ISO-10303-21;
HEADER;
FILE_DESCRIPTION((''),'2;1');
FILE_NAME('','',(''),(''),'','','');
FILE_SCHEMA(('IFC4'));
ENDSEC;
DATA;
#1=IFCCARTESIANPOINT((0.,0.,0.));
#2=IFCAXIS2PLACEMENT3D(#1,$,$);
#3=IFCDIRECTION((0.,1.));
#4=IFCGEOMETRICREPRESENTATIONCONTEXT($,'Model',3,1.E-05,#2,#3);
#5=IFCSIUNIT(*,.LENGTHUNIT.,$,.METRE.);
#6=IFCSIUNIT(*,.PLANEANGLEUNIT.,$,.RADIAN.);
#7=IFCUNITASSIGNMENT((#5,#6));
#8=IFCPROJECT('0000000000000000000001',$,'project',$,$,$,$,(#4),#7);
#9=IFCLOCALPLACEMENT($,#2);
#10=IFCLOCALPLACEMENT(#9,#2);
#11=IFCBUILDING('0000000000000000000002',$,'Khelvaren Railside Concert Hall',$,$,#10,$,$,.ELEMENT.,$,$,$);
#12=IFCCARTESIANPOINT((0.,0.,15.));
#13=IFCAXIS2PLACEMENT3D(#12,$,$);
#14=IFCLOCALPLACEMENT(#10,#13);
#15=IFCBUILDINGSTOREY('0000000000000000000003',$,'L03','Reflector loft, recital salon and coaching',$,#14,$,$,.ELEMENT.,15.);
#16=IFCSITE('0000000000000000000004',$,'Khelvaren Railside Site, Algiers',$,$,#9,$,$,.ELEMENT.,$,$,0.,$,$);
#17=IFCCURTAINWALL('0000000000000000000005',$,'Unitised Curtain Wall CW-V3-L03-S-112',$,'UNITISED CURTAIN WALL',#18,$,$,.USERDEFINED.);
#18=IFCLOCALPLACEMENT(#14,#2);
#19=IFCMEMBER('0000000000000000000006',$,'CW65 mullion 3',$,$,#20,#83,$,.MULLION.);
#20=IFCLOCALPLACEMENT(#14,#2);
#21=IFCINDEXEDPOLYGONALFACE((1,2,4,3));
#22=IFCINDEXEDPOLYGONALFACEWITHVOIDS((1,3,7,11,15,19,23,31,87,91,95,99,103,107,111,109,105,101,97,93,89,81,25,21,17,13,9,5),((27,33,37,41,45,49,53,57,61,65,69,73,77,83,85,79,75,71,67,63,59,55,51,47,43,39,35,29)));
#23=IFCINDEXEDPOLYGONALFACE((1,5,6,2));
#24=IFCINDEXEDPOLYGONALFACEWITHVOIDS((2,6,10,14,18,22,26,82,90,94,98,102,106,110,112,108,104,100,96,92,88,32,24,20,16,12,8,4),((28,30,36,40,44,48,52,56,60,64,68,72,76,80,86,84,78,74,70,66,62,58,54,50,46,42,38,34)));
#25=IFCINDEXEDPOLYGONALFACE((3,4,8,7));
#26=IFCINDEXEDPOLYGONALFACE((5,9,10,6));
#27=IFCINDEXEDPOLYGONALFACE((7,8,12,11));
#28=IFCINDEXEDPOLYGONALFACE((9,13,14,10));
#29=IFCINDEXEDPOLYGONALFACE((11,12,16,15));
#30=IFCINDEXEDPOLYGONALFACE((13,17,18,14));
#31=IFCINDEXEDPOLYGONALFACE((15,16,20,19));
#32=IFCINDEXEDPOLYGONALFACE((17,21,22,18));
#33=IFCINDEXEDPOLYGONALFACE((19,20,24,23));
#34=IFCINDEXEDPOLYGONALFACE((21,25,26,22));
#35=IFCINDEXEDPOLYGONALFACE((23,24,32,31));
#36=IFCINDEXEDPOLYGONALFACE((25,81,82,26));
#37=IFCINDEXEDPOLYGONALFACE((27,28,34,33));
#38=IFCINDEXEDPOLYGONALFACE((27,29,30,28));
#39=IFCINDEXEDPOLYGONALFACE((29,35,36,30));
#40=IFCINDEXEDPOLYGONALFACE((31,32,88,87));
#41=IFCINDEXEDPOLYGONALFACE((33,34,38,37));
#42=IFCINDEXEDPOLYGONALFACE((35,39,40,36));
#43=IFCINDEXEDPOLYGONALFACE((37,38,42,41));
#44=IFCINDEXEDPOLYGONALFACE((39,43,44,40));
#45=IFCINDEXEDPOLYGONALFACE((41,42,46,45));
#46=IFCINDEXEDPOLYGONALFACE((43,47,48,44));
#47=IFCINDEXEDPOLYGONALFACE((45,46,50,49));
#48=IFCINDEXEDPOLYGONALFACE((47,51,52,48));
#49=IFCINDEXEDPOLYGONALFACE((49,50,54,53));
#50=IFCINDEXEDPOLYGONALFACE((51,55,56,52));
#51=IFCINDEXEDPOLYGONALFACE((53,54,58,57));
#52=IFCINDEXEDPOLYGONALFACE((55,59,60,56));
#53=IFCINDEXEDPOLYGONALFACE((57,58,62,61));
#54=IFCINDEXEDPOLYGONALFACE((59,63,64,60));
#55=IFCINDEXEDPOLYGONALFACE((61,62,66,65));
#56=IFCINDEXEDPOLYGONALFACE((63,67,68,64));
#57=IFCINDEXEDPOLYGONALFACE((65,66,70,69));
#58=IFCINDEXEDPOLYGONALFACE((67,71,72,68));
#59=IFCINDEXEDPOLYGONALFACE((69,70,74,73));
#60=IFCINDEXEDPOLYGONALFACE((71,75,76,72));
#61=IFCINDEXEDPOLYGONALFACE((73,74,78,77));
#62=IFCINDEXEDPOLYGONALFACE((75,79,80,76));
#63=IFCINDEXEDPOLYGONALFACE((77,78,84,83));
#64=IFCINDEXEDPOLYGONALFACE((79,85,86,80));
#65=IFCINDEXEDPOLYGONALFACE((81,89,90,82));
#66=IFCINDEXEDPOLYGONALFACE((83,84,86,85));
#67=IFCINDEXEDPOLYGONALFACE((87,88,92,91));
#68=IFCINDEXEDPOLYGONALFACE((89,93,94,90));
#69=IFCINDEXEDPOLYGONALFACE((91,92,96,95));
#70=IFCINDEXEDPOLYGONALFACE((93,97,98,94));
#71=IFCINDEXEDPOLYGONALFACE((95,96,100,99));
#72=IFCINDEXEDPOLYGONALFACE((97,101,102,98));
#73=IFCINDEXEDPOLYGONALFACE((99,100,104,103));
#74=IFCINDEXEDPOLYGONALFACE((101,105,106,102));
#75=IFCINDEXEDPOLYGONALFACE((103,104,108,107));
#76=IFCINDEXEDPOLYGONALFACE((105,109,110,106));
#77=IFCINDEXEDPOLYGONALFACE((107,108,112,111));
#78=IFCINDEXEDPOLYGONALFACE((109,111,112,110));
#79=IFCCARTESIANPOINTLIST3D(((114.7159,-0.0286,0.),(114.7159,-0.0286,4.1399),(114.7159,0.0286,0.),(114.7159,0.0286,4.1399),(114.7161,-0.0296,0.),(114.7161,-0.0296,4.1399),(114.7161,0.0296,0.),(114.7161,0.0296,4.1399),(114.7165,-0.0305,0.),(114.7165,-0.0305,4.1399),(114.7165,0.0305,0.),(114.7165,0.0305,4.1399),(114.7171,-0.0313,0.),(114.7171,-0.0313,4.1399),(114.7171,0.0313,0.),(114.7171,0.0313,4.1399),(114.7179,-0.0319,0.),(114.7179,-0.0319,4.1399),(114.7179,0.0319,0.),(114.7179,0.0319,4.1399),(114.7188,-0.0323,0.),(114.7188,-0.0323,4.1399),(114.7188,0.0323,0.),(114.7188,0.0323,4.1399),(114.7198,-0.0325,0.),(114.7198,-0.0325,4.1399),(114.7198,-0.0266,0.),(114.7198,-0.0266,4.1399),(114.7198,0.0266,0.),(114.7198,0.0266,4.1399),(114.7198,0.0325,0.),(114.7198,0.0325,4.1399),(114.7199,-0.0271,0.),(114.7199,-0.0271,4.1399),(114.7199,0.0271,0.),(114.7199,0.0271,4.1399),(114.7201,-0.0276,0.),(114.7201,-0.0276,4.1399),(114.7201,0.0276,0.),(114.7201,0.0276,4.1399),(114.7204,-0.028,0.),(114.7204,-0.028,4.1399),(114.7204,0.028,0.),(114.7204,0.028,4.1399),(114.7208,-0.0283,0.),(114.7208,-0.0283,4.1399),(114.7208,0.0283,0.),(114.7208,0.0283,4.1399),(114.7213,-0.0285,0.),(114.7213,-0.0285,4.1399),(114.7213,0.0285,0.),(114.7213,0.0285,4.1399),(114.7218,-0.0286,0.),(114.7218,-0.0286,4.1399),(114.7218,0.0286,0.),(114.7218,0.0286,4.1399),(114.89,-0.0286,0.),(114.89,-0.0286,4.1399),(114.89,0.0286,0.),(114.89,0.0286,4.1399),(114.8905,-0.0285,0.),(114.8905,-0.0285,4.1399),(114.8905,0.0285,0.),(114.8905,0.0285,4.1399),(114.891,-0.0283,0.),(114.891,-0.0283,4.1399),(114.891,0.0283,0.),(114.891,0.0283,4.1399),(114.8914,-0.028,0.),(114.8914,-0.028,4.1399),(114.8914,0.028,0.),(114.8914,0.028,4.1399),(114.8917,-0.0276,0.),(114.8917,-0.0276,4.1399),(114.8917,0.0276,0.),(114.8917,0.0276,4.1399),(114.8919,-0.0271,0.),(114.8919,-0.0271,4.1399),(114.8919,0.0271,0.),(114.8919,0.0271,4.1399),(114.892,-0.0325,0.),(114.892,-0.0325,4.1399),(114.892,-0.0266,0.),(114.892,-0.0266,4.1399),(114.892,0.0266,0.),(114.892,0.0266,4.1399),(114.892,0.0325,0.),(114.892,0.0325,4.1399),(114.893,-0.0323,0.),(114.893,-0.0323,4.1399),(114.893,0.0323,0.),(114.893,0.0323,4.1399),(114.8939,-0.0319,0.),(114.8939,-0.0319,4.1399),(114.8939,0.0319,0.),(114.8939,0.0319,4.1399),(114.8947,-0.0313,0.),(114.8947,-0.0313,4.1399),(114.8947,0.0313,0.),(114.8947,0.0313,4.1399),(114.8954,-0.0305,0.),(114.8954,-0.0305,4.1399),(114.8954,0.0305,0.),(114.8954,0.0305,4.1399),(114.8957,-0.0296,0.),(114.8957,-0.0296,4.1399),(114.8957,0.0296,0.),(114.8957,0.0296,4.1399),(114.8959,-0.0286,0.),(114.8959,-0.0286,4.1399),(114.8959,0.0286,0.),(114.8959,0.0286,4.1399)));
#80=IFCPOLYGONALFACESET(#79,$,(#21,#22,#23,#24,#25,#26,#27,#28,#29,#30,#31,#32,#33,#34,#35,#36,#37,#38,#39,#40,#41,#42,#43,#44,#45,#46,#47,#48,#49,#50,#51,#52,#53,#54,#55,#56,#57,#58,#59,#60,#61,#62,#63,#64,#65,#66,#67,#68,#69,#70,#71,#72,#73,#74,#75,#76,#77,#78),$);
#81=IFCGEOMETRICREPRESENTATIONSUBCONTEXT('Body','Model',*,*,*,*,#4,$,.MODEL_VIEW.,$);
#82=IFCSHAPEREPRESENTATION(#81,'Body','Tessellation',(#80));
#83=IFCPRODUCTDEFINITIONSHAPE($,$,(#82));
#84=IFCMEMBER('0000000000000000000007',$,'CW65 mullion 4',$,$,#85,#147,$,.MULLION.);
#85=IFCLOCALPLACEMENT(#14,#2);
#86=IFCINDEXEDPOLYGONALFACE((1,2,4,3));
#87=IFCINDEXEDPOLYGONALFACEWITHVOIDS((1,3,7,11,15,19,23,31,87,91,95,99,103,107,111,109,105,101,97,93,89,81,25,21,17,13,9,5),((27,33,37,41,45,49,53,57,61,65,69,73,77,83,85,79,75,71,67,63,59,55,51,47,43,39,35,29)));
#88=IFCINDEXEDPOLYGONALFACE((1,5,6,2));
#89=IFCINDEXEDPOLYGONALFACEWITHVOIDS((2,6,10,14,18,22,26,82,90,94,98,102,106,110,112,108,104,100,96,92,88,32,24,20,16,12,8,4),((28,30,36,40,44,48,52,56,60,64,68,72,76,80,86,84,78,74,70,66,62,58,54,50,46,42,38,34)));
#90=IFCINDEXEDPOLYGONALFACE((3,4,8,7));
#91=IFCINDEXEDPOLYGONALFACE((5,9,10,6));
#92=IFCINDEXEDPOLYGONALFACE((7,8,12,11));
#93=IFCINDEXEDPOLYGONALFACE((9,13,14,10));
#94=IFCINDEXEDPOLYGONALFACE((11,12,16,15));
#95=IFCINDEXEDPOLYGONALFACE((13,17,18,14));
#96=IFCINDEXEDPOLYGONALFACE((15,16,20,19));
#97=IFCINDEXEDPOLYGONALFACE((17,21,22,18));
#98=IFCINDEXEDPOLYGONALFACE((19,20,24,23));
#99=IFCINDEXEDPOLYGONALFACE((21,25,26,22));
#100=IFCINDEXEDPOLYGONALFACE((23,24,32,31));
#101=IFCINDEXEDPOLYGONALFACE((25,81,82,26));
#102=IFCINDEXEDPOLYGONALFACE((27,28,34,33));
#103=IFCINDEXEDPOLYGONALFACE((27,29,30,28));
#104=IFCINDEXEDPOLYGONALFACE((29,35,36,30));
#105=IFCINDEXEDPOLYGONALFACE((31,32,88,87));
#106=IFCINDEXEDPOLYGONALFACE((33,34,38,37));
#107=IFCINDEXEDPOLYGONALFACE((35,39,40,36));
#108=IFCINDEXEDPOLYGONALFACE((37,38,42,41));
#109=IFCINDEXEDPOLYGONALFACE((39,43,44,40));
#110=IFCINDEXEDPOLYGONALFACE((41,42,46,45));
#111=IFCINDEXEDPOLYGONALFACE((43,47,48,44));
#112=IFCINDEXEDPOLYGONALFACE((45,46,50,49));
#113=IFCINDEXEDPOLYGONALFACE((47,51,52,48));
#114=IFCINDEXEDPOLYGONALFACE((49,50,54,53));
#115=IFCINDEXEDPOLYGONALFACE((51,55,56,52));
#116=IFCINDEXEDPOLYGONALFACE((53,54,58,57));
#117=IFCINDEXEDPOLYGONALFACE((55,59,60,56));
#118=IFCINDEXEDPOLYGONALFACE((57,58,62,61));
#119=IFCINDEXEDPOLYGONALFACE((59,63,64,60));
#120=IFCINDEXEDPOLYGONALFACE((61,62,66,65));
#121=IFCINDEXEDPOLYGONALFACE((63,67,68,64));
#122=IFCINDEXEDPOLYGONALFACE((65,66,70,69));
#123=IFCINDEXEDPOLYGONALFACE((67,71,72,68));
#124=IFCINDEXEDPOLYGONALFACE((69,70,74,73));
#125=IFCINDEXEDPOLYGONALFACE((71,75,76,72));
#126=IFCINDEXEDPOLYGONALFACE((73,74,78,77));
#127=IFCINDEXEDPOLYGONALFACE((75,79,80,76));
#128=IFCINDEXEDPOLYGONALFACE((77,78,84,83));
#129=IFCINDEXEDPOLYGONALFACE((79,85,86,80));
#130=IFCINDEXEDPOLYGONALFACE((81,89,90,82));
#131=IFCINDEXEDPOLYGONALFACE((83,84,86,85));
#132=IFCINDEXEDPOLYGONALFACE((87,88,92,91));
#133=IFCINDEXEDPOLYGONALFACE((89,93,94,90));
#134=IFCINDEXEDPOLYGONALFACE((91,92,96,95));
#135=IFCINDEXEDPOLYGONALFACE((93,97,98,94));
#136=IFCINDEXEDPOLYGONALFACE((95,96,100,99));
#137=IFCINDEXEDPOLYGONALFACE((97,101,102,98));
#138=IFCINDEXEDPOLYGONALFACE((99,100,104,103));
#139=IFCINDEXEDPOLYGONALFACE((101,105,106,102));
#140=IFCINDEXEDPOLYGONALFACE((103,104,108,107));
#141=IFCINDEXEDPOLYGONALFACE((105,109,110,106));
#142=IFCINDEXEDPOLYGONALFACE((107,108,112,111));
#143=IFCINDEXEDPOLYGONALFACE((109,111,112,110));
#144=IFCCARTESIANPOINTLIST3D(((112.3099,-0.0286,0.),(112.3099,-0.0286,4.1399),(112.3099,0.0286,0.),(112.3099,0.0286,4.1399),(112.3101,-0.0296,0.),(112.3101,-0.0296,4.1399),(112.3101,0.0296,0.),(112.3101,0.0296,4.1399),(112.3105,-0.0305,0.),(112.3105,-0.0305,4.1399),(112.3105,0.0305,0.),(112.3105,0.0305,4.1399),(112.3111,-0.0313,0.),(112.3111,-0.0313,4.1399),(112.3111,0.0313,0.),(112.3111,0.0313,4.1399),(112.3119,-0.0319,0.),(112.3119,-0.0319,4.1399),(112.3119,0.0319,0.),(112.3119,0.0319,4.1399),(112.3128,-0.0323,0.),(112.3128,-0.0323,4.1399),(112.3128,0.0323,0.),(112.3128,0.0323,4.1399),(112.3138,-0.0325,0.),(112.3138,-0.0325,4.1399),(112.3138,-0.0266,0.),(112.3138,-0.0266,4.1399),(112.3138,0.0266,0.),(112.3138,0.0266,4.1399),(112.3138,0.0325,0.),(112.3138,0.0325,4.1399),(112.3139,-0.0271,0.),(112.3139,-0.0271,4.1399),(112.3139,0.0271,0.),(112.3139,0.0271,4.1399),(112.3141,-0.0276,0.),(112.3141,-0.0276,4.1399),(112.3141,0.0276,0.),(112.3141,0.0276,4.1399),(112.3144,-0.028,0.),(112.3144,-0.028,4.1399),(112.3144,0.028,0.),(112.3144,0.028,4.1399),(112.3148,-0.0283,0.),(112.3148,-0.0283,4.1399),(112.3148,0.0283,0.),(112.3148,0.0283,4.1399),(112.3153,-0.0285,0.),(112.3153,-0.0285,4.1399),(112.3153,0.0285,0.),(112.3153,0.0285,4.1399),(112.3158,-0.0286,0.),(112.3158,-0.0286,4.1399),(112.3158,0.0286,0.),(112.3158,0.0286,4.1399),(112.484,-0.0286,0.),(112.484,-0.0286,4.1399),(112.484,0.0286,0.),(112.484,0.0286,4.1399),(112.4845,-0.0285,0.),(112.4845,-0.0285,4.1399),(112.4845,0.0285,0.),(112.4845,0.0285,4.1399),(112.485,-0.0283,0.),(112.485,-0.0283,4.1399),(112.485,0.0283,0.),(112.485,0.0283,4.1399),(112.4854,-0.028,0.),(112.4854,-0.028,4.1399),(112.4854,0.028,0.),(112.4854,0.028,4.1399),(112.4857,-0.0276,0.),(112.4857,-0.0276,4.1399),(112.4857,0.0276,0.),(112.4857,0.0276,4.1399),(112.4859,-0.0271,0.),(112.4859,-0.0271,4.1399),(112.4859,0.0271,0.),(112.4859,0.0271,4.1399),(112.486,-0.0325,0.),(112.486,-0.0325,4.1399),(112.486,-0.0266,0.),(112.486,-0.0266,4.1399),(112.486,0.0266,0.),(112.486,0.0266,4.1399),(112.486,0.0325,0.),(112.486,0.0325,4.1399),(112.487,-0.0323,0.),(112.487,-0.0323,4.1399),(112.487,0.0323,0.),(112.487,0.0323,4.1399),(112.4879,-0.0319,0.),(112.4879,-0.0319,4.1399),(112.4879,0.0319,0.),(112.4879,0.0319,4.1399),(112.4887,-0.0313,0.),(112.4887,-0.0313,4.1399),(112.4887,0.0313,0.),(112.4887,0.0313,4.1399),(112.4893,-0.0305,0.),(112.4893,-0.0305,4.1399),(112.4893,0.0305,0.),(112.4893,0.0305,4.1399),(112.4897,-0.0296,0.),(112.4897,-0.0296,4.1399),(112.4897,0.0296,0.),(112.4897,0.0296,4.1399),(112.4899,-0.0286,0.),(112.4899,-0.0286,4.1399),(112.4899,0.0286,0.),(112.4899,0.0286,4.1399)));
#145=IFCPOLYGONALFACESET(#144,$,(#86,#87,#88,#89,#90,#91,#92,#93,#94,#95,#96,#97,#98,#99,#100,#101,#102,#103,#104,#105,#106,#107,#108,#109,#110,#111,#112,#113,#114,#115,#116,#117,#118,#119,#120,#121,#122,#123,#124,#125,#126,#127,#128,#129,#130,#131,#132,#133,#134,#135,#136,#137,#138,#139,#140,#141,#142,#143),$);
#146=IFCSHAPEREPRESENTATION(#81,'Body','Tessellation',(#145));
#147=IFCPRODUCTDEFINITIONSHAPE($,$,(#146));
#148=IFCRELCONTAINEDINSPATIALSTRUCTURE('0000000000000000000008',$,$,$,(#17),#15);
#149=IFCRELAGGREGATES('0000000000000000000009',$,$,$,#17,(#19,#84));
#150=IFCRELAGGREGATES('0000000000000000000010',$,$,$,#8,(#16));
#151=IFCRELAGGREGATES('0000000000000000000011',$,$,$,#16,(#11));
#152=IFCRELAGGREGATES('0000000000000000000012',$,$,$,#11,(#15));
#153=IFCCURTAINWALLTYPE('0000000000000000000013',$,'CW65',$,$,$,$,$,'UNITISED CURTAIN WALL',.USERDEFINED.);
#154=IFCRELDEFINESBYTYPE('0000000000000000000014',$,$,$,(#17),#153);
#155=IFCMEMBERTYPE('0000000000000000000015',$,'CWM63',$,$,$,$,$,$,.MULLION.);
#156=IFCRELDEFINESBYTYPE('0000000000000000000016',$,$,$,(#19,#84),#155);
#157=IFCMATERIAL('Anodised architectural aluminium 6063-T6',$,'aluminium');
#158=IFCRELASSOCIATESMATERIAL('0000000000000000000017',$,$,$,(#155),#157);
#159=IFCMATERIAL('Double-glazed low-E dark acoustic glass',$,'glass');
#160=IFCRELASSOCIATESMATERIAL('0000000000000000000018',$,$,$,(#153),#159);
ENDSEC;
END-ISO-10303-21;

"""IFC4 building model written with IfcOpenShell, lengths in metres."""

from ifc_helpers import new_model, si_unit, direction, frame, origin, origin_2d, place, context, subcontext, project, spatial, hollow_rectangle, extrude, material, material_profile, profile_set, type_object, element, aggregate, save


model = new_model("IFC4")

# Units and contexts
model_context = context("Model", 3, precision=1e-05, world=origin(), true_north=direction((0.0, 1.0)))
body_context = subcontext(model_context, "Body", "Model", "MODEL_VIEW")
ifc_project = project(units=[si_unit("LENGTHUNIT", "METRE"), si_unit("PLANEANGLEUNIT", "RADIAN")], contexts=[model_context])

# Site, building, storey
site_placement = place(None, origin())
site = spatial("IfcSite", under=ifc_project, at=site_placement, Name="Khelvaren Railside Site, Algiers", CompositionType="ELEMENT", RefElevation=0.0)
building_placement = place(site_placement, origin())
building = spatial("IfcBuilding", under=site, at=building_placement, Name="Khelvaren Railside Concert Hall", CompositionType="ELEMENT")
storey_placement = place(building_placement, frame((0.0, 0.0, 15.0)))
storey = spatial("IfcBuildingStorey", under=building, at=storey_placement, Name="L03", Description="Reflector loft, recital salon and coaching", CompositionType="ELEMENT", Elevation=15.0)

# Curtain wall, members
ifc_material_1 = material(Name="Double-glazed low-E dark acoustic glass", Category="glass")
ifc_material_2 = material(Name="Anodised architectural aluminium 6063-T6", Category="aluminium")
ifc_material_profile_1 = material_profile(ifc_material_2, hollow_rectangle(XDim=0.0649, YDim=0.1799, WallThickness=0.0039, InnerFilletRadius=0.002, OuterFilletRadius=0.0039, at=origin_2d()), Name="CWM 65x180x4")
ifc_profile_set_1 = profile_set([ifc_material_profile_1], Name="Anodised architectural aluminium 6063-T6")
member_type_1 = type_object("IfcMemberType", Name="CWM63", PredefinedType="MULLION", material=ifc_profile_set_1)
curtain_wall_type_1 = type_object("IfcCurtainWallType", Name="CW65", ElementType="UNITISED CURTAIN WALL", PredefinedType="USERDEFINED", material=ifc_material_1)
curtain_wall_1_placement = place(storey_placement, origin())
curtain_wall_1 = element("IfcCurtainWall", 1, at=curtain_wall_1_placement, inside=storey, type_object=curtain_wall_type_1, Name="Unitised Curtain Wall CW-V3-L03-S-112", ObjectType="UNITISED CURTAIN WALL", PredefinedType="USERDEFINED")
member_1_placement = place(storey_placement, frame((114.8059, 0.0, 0.0), z_axis=(0.0, 0.0, 1.0), x_axis=(0.0, -1.0, 0.0)))
member_1 = element("IfcMember", 2, at=member_1_placement, type_object=member_type_1, Name="CW65 mullion 3", PredefinedType="MULLION", context=body_context, shape_type="SweptSolid", body=[
    extrude(hollow_rectangle(XDim=0.0649, YDim=0.1799, WallThickness=0.0039, InnerFilletRadius=0.002, OuterFilletRadius=0.0039, at=origin_2d()), origin(), (0.0, 0.0, 1.0), 4.1399),
])
member_2_placement = place(storey_placement, frame((112.3999, 0.0, 0.0), z_axis=(0.0, 0.0, 1.0), x_axis=(0.0, -1.0, 0.0)))
member_2 = element("IfcMember", 3, at=member_2_placement, type_object=member_type_1, Name="CW65 mullion 4", PredefinedType="MULLION", context=body_context, shape_type="SweptSolid", body=[
    extrude(hollow_rectangle(XDim=0.0649, YDim=0.1799, WallThickness=0.0039, InnerFilletRadius=0.002, OuterFilletRadius=0.0039, at=origin_2d()), origin(), (0.0, 0.0, 1.0), 4.1399),
])

aggregate(curtain_wall_1, [member_1, member_2])

save(model, "model.ifc")
